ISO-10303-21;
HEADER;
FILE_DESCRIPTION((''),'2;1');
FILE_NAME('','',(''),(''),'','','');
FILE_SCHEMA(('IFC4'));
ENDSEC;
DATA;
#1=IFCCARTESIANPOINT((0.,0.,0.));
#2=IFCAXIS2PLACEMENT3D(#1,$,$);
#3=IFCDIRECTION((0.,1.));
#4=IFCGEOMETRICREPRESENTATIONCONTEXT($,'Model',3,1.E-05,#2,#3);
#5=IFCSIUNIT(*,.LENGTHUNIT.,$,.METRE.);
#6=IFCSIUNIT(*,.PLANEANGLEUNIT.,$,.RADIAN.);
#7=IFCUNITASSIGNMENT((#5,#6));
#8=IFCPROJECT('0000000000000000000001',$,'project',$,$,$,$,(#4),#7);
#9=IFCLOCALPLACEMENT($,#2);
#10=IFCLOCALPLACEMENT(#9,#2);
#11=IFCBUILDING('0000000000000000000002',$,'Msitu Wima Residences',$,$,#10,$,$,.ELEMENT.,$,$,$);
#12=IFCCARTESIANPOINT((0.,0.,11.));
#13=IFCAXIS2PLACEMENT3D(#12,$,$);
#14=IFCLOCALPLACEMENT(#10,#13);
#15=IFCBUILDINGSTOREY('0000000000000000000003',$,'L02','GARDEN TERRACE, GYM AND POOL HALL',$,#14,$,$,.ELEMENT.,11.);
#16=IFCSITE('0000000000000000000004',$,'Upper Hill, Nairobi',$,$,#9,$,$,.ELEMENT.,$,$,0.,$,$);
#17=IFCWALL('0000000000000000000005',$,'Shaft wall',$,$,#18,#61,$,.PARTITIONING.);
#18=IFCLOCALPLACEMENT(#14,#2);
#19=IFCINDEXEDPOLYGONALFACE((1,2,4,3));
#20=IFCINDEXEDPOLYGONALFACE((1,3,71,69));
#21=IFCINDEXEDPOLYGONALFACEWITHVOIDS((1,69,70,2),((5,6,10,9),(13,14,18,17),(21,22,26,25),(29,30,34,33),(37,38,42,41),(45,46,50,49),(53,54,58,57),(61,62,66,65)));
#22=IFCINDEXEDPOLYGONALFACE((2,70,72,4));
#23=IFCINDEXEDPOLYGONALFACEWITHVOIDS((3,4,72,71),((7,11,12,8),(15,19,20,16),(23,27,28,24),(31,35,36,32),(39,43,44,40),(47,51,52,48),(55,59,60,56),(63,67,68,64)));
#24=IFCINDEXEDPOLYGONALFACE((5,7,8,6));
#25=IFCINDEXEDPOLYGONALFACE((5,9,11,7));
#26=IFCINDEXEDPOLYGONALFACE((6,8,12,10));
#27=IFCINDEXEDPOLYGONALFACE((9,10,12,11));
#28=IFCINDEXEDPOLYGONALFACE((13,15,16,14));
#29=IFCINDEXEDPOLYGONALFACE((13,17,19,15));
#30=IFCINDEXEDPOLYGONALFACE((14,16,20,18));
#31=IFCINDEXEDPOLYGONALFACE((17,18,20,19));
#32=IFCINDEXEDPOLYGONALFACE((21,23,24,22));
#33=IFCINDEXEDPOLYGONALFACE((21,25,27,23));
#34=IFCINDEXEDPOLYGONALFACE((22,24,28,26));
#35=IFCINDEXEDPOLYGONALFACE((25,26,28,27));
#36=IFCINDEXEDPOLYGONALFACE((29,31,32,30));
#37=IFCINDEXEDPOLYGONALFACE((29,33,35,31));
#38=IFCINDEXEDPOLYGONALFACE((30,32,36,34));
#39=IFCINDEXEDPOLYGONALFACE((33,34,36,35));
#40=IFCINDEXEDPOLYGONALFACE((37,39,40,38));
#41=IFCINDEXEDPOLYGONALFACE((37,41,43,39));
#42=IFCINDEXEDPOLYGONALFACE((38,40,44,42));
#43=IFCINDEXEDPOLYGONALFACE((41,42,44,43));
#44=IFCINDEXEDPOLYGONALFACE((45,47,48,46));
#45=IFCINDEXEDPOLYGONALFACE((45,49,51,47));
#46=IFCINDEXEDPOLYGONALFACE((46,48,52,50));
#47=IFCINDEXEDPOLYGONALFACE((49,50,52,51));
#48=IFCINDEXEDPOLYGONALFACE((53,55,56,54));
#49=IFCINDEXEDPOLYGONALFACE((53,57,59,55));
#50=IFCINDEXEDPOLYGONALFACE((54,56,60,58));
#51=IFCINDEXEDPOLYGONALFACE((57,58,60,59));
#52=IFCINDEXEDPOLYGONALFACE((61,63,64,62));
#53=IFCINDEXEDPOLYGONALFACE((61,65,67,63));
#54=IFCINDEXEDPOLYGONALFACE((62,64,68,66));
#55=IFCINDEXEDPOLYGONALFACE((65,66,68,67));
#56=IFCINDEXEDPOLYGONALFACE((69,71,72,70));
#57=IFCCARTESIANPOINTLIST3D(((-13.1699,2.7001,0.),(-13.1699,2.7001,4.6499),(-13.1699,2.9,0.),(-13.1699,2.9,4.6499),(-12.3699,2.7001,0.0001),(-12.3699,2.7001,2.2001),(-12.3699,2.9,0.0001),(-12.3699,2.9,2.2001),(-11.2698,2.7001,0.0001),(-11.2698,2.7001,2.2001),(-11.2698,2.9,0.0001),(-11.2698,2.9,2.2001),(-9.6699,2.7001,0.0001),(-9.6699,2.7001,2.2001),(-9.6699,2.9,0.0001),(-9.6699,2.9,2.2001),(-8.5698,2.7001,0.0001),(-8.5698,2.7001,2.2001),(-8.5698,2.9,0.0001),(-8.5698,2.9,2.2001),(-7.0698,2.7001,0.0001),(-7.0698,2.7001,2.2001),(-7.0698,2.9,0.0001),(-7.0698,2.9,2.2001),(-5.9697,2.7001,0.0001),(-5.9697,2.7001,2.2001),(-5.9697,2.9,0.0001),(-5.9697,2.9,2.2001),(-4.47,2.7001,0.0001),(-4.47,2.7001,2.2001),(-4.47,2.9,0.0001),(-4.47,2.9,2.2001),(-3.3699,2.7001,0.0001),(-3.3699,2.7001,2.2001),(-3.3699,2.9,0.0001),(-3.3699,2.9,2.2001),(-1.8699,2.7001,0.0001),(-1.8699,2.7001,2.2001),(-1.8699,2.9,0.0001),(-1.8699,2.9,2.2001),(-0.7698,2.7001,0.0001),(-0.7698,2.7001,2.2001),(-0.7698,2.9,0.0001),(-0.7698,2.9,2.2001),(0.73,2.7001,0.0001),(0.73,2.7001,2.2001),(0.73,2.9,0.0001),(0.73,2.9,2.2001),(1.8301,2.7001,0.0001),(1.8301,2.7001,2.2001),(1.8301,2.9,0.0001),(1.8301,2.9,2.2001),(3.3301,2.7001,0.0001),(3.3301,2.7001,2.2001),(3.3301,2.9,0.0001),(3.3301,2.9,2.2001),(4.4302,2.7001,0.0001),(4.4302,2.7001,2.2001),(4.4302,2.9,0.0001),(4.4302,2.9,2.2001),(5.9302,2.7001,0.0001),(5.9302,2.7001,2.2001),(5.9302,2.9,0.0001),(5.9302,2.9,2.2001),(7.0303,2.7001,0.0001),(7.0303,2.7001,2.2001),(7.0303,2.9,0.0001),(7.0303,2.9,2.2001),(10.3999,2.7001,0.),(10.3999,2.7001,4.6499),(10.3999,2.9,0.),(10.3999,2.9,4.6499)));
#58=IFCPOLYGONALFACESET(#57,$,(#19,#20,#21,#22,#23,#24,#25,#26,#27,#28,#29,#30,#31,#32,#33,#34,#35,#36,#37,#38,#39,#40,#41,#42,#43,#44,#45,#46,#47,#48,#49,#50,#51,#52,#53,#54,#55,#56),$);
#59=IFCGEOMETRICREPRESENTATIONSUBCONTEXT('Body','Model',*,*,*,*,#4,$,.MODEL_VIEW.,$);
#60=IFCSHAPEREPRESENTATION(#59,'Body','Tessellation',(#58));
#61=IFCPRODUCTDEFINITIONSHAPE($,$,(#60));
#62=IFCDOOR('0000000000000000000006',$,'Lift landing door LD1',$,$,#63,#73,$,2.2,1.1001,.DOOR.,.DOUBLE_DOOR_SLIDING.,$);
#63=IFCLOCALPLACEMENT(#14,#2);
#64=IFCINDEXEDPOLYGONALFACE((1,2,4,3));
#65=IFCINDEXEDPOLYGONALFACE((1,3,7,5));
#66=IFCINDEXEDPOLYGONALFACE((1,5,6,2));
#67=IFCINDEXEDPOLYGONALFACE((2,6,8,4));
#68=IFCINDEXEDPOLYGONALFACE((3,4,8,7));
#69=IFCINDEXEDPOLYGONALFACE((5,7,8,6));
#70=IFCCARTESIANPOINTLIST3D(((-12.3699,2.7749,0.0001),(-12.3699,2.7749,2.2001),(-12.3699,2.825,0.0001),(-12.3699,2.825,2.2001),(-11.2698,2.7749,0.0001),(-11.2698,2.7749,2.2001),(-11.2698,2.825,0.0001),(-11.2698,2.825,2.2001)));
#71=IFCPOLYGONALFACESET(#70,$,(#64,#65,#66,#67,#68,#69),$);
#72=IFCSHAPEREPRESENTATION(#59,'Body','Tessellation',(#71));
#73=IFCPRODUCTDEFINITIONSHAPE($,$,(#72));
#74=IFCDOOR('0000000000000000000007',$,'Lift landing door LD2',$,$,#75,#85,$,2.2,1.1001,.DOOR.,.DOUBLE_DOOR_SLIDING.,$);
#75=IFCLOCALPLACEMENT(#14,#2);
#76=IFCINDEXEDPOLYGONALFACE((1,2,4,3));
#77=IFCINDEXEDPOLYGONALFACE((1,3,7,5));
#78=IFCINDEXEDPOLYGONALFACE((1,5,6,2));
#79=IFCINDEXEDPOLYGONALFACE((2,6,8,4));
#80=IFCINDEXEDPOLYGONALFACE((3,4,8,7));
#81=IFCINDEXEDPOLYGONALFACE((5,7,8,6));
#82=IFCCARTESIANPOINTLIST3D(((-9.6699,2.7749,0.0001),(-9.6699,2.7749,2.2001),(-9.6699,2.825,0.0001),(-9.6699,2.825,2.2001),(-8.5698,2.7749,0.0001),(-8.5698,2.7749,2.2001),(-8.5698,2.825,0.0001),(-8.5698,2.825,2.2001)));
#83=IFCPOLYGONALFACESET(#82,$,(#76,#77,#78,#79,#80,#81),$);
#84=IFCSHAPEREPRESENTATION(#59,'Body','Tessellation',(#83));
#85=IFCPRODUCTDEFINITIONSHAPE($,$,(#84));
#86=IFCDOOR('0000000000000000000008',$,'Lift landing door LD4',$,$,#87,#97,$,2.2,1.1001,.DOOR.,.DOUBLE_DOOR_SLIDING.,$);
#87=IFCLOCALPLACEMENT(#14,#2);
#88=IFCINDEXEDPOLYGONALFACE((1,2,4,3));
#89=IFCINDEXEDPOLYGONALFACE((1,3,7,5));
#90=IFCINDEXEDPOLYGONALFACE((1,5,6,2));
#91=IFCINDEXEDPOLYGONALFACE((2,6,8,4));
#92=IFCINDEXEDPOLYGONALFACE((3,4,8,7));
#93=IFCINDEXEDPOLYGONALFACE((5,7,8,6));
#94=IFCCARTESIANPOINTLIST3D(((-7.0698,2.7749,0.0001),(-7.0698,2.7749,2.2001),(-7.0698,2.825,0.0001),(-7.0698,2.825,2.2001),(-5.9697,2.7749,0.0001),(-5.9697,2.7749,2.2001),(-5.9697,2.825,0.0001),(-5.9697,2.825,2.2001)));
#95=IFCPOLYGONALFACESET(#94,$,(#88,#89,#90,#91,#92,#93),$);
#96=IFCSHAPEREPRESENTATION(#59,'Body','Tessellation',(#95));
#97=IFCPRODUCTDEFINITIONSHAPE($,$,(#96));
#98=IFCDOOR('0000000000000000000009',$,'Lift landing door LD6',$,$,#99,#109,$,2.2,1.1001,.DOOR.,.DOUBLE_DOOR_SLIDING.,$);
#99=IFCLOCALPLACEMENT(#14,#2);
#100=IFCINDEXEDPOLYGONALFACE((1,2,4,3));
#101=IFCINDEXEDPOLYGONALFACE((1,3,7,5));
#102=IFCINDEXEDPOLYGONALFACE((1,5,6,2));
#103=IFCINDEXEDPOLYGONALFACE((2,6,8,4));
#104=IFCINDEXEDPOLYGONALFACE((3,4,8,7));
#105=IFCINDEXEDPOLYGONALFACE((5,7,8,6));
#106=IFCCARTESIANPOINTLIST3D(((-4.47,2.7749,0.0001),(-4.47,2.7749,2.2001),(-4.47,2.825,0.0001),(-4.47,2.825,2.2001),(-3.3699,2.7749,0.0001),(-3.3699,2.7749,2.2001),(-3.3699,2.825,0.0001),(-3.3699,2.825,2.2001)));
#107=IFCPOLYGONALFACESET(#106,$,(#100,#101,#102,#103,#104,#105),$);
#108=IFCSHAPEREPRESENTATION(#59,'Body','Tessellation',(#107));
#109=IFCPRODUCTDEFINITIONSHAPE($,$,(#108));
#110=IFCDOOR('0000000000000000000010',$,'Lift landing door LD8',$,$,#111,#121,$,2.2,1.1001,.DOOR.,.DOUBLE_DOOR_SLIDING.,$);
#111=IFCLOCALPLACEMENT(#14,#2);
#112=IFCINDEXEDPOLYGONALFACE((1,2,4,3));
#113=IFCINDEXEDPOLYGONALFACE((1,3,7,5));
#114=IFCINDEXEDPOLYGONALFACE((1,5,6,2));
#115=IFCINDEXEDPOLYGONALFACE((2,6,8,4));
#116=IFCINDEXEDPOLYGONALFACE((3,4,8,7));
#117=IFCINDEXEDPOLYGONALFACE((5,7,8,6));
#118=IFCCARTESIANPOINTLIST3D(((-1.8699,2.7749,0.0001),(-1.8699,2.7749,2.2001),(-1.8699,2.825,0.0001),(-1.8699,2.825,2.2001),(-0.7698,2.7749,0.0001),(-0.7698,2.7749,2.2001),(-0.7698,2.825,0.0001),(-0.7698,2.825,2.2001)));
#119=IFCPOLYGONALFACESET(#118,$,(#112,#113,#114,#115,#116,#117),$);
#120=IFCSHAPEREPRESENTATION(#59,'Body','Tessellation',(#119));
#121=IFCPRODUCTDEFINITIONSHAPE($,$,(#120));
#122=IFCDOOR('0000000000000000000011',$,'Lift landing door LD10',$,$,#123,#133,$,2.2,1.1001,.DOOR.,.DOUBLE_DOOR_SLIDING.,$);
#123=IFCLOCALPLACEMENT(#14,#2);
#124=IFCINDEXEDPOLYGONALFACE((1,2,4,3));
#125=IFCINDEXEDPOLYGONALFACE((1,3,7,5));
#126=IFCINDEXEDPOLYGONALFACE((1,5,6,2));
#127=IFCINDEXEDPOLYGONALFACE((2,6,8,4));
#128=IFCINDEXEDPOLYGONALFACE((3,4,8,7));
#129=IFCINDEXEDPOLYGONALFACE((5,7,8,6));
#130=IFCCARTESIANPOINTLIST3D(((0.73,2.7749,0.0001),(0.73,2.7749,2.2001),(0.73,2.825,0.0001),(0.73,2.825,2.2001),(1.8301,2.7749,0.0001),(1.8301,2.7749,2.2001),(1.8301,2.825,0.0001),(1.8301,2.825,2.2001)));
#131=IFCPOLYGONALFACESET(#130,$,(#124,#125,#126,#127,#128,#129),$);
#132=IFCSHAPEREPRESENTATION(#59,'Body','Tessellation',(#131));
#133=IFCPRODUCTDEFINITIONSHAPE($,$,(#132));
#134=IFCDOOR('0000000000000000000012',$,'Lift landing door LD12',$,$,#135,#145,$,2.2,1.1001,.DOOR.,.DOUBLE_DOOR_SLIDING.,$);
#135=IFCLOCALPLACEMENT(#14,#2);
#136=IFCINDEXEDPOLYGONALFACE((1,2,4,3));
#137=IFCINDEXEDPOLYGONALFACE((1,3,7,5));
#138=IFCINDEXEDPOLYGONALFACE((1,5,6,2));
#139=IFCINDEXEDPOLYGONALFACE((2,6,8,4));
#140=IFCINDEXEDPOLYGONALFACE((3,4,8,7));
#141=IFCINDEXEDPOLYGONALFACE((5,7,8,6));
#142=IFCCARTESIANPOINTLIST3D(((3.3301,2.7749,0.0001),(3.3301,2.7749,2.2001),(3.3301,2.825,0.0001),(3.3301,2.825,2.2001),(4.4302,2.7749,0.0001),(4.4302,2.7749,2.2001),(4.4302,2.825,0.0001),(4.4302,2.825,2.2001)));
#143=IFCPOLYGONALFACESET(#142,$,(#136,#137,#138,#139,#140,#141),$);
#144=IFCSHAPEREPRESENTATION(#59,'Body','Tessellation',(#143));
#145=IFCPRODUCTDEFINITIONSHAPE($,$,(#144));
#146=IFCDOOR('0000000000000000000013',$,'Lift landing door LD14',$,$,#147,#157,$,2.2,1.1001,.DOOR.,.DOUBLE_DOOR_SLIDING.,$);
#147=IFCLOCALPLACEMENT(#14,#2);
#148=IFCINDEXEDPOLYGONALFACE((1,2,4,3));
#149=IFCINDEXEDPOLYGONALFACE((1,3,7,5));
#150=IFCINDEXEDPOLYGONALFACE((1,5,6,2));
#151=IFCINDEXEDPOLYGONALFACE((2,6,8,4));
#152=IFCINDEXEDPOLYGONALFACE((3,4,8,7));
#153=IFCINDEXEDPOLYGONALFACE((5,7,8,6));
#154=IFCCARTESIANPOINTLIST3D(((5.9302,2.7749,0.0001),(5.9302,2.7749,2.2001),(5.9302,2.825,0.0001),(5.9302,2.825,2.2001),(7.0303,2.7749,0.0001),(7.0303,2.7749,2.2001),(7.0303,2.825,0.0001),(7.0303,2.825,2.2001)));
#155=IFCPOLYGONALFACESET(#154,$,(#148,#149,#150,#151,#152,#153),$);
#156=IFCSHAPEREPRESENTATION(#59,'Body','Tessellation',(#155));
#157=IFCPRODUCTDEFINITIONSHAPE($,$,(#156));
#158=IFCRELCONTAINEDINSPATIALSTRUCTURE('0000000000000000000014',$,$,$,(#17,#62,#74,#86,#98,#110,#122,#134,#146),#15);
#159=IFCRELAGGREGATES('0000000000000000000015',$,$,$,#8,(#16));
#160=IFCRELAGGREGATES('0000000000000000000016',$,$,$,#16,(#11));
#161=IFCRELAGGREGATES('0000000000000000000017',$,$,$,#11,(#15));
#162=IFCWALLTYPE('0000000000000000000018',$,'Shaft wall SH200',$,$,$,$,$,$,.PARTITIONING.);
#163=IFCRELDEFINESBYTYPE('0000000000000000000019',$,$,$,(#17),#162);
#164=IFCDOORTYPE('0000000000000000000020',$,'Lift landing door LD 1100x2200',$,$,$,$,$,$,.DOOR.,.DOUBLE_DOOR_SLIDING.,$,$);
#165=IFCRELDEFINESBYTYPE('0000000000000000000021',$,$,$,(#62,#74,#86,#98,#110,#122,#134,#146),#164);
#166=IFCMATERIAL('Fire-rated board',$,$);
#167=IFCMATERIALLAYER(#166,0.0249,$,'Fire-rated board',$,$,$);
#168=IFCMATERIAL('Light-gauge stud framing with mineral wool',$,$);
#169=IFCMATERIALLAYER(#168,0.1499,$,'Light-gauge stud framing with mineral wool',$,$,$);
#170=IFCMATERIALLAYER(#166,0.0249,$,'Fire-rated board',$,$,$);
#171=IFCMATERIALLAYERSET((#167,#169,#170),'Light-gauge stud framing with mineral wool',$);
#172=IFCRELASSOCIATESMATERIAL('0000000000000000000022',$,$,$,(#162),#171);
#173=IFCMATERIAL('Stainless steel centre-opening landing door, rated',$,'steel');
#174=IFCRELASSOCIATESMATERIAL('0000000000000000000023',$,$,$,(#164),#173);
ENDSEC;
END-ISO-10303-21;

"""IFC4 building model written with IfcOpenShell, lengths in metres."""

from ifc_helpers import new_model, si_unit, direction, frame, frame_2d, origin, place, context, subcontext, project, spatial, rectangle, extrude, material, layer, layer_set, type_object, element, fill, save


model = new_model("IFC4")

# Units and contexts
model_context = context("Model", 3, precision=1e-05, world=origin(), true_north=direction((0.0, 1.0)))
body_context = subcontext(model_context, "Body", "Model", "MODEL_VIEW")
ifc_project = project(units=[si_unit("LENGTHUNIT", "METRE"), si_unit("PLANEANGLEUNIT", "RADIAN")], contexts=[model_context])

# Site, building, storey
site_placement = place(None, origin())
site = spatial("IfcSite", under=ifc_project, at=site_placement, Name="Upper Hill, Nairobi", CompositionType="ELEMENT", RefElevation=0.0)
building_placement = place(site_placement, origin())
building = spatial("IfcBuilding", under=site, at=building_placement, Name="Msitu Wima Residences", CompositionType="ELEMENT")
storey_placement = place(building_placement, frame((0.0, 0.0, 11.0)))
storey = spatial("IfcBuildingStorey", under=building, at=storey_placement, Name="L02", Description="GARDEN TERRACE, GYM AND POOL HALL", CompositionType="ELEMENT", Elevation=11.0)

# Wall, openings, doors
ifc_material_1 = material(Name="Fire-rated board")
ifc_layer_1 = layer(ifc_material_1, 0.0249, Name="Fire-rated board")
ifc_material_2 = material(Name="Light-gauge stud framing with mineral wool")
ifc_layer_2 = layer(ifc_material_2, 0.1499, Name="Light-gauge stud framing with mineral wool")
ifc_layer_3 = layer(ifc_material_1, 0.0249, Name="Fire-rated board")
ifc_layer_set_1 = layer_set([ifc_layer_1, ifc_layer_2, ifc_layer_3], Name="Light-gauge stud framing with mineral wool")
wall_type_1 = type_object("IfcWallType", Name="Shaft wall SH200", PredefinedType="PARTITIONING", material=ifc_layer_set_1)
wall_1_placement = place(storey_placement, frame((-13.1699, 2.8, 0.0), z_axis=(0.0, 0.0, 1.0), x_axis=(1.0, 0.0, 0.0)))
wall_1 = element("IfcWall", 1, at=wall_1_placement, inside=storey, type_object=wall_type_1, Name="Shaft wall", PredefinedType="PARTITIONING", context=body_context, shape_type="SweptSolid", body=[
    extrude(rectangle(XDim=23.5698, YDim=0.2, at=frame_2d((11.7849, 0.0))), origin(), (0.0, 0.0, 1.0), 4.6499),
])
opening_1_placement = place(wall_1_placement, frame((0.8, 0.0, 0.0)))
opening_1 = element("IfcOpeningElement", 2, at=opening_1_placement, cuts=wall_1, PredefinedType="OPENING", context=body_context, shape_type="SweptSolid", body=[
    extrude(rectangle(XDim=1.1001, YDim=2.2, at=frame_2d((0.55, 1.1001))), frame((0.0, 0.1099, 0.0), z_axis=(0.0, -1.0, 0.0), x_axis=(1.0, 0.0, 0.0)), (0.0, 0.0, 1.0), 0.22),
])
opening_2_placement = place(wall_1_placement, frame((3.5, 0.0, 0.0)))
opening_2 = element("IfcOpeningElement", 3, at=opening_2_placement, cuts=wall_1, PredefinedType="OPENING", context=body_context, shape_type="SweptSolid", body=[
    extrude(rectangle(XDim=1.1001, YDim=2.2, at=frame_2d((0.55, 1.1001))), frame((0.0, 0.1099, 0.0), z_axis=(0.0, -1.0, 0.0), x_axis=(1.0, 0.0, 0.0)), (0.0, 0.0, 1.0), 0.22),
])
opening_3_placement = place(wall_1_placement, frame((6.1001, 0.0, 0.0)))
opening_3 = element("IfcOpeningElement", 4, at=opening_3_placement, cuts=wall_1, PredefinedType="OPENING", context=body_context, shape_type="SweptSolid", body=[
    extrude(rectangle(XDim=1.1001, YDim=2.2, at=frame_2d((0.55, 1.1001))), frame((0.0, 0.1099, 0.0), z_axis=(0.0, -1.0, 0.0), x_axis=(1.0, 0.0, 0.0)), (0.0, 0.0, 1.0), 0.22),
])
opening_4_placement = place(wall_1_placement, frame((8.7, 0.0, 0.0)))
opening_4 = element("IfcOpeningElement", 5, at=opening_4_placement, cuts=wall_1, PredefinedType="OPENING", context=body_context, shape_type="SweptSolid", body=[
    extrude(rectangle(XDim=1.1001, YDim=2.2, at=frame_2d((0.55, 1.1001))), frame((0.0, 0.1099, 0.0), z_axis=(0.0, -1.0, 0.0), x_axis=(1.0, 0.0, 0.0)), (0.0, 0.0, 1.0), 0.22),
])
opening_5_placement = place(wall_1_placement, frame((11.3, 0.0, 0.0)))
opening_5 = element("IfcOpeningElement", 6, at=opening_5_placement, cuts=wall_1, PredefinedType="OPENING", context=body_context, shape_type="SweptSolid", body=[
    extrude(rectangle(XDim=1.1001, YDim=2.2, at=frame_2d((0.55, 1.1001))), frame((0.0, 0.1099, 0.0), z_axis=(0.0, -1.0, 0.0), x_axis=(1.0, 0.0, 0.0)), (0.0, 0.0, 1.0), 0.22),
])
opening_6_placement = place(wall_1_placement, frame((13.8999, 0.0, 0.0)))
opening_6 = element("IfcOpeningElement", 7, at=opening_6_placement, cuts=wall_1, PredefinedType="OPENING", context=body_context, shape_type="SweptSolid", body=[
    extrude(rectangle(XDim=1.1001, YDim=2.2, at=frame_2d((0.55, 1.1001))), frame((0.0, 0.1099, 0.0), z_axis=(0.0, -1.0, 0.0), x_axis=(1.0, 0.0, 0.0)), (0.0, 0.0, 1.0), 0.22),
])
opening_7_placement = place(wall_1_placement, frame((16.5, 0.0, 0.0)))
opening_7 = element("IfcOpeningElement", 8, at=opening_7_placement, cuts=wall_1, PredefinedType="OPENING", context=body_context, shape_type="SweptSolid", body=[
    extrude(rectangle(XDim=1.1001, YDim=2.2, at=frame_2d((0.55, 1.1001))), frame((0.0, 0.1099, 0.0), z_axis=(0.0, -1.0, 0.0), x_axis=(1.0, 0.0, 0.0)), (0.0, 0.0, 1.0), 0.22),
])
opening_8_placement = place(wall_1_placement, frame((19.1001, 0.0, 0.0)))
opening_8 = element("IfcOpeningElement", 9, at=opening_8_placement, cuts=wall_1, PredefinedType="OPENING", context=body_context, shape_type="SweptSolid", body=[
    extrude(rectangle(XDim=1.1001, YDim=2.2, at=frame_2d((0.55, 1.1001))), frame((0.0, 0.1099, 0.0), z_axis=(0.0, -1.0, 0.0), x_axis=(1.0, 0.0, 0.0)), (0.0, 0.0, 1.0), 0.22),
])
ifc_material_3 = material(Name="Stainless steel centre-opening landing door, rated", Category="steel")
door_type_1 = type_object("IfcDoorType", Name="Lift landing door LD 1100x2200", OperationType="DOUBLE_DOOR_SLIDING", PredefinedType="DOOR", material=ifc_material_3)
door_1_placement = place(opening_1_placement, origin())
door_1 = element("IfcDoor", 10, at=door_1_placement, inside=storey, type_object=door_type_1, Name="Lift landing door LD1", OperationType="DOUBLE_DOOR_SLIDING", OverallHeight=2.2, OverallWidth=1.1001, PredefinedType="DOOR", context=body_context, shape_type="SweptSolid", body=[
    extrude(rectangle(XDim=1.1001, YDim=2.2, at=frame_2d((0.55, 1.1001))), frame((0.0, 0.0249, 0.0), z_axis=(0.0, -1.0, 0.0), x_axis=(1.0, 0.0, 0.0)), (0.0, 0.0, 1.0), 0.05),
])
fill(opening_1, door_1)
door_2_placement = place(opening_2_placement, origin())
door_2 = element("IfcDoor", 11, at=door_2_placement, inside=storey, type_object=door_type_1, Name="Lift landing door LD2", OperationType="DOUBLE_DOOR_SLIDING", OverallHeight=2.2, OverallWidth=1.1001, PredefinedType="DOOR", context=body_context, shape_type="SweptSolid", body=[
    extrude(rectangle(XDim=1.1001, YDim=2.2, at=frame_2d((0.55, 1.1001))), frame((0.0, 0.0249, 0.0), z_axis=(0.0, -1.0, 0.0), x_axis=(1.0, 0.0, 0.0)), (0.0, 0.0, 1.0), 0.05),
])
fill(opening_2, door_2)
door_3_placement = place(opening_3_placement, origin())
door_3 = element("IfcDoor", 12, at=door_3_placement, inside=storey, type_object=door_type_1, Name="Lift landing door LD4", OperationType="DOUBLE_DOOR_SLIDING", OverallHeight=2.2, OverallWidth=1.1001, PredefinedType="DOOR", context=body_context, shape_type="SweptSolid", body=[
    extrude(rectangle(XDim=1.1001, YDim=2.2, at=frame_2d((0.55, 1.1001))), frame((0.0, 0.0249, 0.0), z_axis=(0.0, -1.0, 0.0), x_axis=(1.0, 0.0, 0.0)), (0.0, 0.0, 1.0), 0.05),
])
fill(opening_3, door_3)
door_4_placement = place(opening_4_placement, origin())
door_4 = element("IfcDoor", 13, at=door_4_placement, inside=storey, type_object=door_type_1, Name="Lift landing door LD6", OperationType="DOUBLE_DOOR_SLIDING", OverallHeight=2.2, OverallWidth=1.1001, PredefinedType="DOOR", context=body_context, shape_type="SweptSolid", body=[
    extrude(rectangle(XDim=1.1001, YDim=2.2, at=frame_2d((0.55, 1.1001))), frame((0.0, 0.0249, 0.0), z_axis=(0.0, -1.0, 0.0), x_axis=(1.0, 0.0, 0.0)), (0.0, 0.0, 1.0), 0.05),
])
fill(opening_4, door_4)
door_5_placement = place(opening_5_placement, origin())
door_5 = element("IfcDoor", 14, at=door_5_placement, inside=storey, type_object=door_type_1, Name="Lift landing door LD8", OperationType="DOUBLE_DOOR_SLIDING", OverallHeight=2.2, OverallWidth=1.1001, PredefinedType="DOOR", context=body_context, shape_type="SweptSolid", body=[
    extrude(rectangle(XDim=1.1001, YDim=2.2, at=frame_2d((0.55, 1.1001))), frame((0.0, 0.0249, 0.0), z_axis=(0.0, -1.0, 0.0), x_axis=(1.0, 0.0, 0.0)), (0.0, 0.0, 1.0), 0.05),
])
fill(opening_5, door_5)
door_6_placement = place(opening_6_placement, origin())
door_6 = element("IfcDoor", 15, at=door_6_placement, inside=storey, type_object=door_type_1, Name="Lift landing door LD10", OperationType="DOUBLE_DOOR_SLIDING", OverallHeight=2.2, OverallWidth=1.1001, PredefinedType="DOOR", context=body_context, shape_type="SweptSolid", body=[
    extrude(rectangle(XDim=1.1001, YDim=2.2, at=frame_2d((0.55, 1.1001))), frame((0.0, 0.0249, 0.0), z_axis=(0.0, -1.0, 0.0), x_axis=(1.0, 0.0, 0.0)), (0.0, 0.0, 1.0), 0.05),
])
fill(opening_6, door_6)
door_7_placement = place(opening_7_placement, origin())
door_7 = element("IfcDoor", 16, at=door_7_placement, inside=storey, type_object=door_type_1, Name="Lift landing door LD12", OperationType="DOUBLE_DOOR_SLIDING", OverallHeight=2.2, OverallWidth=1.1001, PredefinedType="DOOR", context=body_context, shape_type="SweptSolid", body=[
    extrude(rectangle(XDim=1.1001, YDim=2.2, at=frame_2d((0.55, 1.1001))), frame((0.0, 0.0249, 0.0), z_axis=(0.0, -1.0, 0.0), x_axis=(1.0, 0.0, 0.0)), (0.0, 0.0, 1.0), 0.05),
])
fill(opening_7, door_7)
door_8_placement = place(opening_8_placement, origin())
door_8 = element("IfcDoor", 17, at=door_8_placement, inside=storey, type_object=door_type_1, Name="Lift landing door LD14", OperationType="DOUBLE_DOOR_SLIDING", OverallHeight=2.2, OverallWidth=1.1001, PredefinedType="DOOR", context=body_context, shape_type="SweptSolid", body=[
    extrude(rectangle(XDim=1.1001, YDim=2.2, at=frame_2d((0.55, 1.1001))), frame((0.0, 0.0249, 0.0), z_axis=(0.0, -1.0, 0.0), x_axis=(1.0, 0.0, 0.0)), (0.0, 0.0, 1.0), 0.05),
])
fill(opening_8, door_8)

save(model, "model.ifc")
